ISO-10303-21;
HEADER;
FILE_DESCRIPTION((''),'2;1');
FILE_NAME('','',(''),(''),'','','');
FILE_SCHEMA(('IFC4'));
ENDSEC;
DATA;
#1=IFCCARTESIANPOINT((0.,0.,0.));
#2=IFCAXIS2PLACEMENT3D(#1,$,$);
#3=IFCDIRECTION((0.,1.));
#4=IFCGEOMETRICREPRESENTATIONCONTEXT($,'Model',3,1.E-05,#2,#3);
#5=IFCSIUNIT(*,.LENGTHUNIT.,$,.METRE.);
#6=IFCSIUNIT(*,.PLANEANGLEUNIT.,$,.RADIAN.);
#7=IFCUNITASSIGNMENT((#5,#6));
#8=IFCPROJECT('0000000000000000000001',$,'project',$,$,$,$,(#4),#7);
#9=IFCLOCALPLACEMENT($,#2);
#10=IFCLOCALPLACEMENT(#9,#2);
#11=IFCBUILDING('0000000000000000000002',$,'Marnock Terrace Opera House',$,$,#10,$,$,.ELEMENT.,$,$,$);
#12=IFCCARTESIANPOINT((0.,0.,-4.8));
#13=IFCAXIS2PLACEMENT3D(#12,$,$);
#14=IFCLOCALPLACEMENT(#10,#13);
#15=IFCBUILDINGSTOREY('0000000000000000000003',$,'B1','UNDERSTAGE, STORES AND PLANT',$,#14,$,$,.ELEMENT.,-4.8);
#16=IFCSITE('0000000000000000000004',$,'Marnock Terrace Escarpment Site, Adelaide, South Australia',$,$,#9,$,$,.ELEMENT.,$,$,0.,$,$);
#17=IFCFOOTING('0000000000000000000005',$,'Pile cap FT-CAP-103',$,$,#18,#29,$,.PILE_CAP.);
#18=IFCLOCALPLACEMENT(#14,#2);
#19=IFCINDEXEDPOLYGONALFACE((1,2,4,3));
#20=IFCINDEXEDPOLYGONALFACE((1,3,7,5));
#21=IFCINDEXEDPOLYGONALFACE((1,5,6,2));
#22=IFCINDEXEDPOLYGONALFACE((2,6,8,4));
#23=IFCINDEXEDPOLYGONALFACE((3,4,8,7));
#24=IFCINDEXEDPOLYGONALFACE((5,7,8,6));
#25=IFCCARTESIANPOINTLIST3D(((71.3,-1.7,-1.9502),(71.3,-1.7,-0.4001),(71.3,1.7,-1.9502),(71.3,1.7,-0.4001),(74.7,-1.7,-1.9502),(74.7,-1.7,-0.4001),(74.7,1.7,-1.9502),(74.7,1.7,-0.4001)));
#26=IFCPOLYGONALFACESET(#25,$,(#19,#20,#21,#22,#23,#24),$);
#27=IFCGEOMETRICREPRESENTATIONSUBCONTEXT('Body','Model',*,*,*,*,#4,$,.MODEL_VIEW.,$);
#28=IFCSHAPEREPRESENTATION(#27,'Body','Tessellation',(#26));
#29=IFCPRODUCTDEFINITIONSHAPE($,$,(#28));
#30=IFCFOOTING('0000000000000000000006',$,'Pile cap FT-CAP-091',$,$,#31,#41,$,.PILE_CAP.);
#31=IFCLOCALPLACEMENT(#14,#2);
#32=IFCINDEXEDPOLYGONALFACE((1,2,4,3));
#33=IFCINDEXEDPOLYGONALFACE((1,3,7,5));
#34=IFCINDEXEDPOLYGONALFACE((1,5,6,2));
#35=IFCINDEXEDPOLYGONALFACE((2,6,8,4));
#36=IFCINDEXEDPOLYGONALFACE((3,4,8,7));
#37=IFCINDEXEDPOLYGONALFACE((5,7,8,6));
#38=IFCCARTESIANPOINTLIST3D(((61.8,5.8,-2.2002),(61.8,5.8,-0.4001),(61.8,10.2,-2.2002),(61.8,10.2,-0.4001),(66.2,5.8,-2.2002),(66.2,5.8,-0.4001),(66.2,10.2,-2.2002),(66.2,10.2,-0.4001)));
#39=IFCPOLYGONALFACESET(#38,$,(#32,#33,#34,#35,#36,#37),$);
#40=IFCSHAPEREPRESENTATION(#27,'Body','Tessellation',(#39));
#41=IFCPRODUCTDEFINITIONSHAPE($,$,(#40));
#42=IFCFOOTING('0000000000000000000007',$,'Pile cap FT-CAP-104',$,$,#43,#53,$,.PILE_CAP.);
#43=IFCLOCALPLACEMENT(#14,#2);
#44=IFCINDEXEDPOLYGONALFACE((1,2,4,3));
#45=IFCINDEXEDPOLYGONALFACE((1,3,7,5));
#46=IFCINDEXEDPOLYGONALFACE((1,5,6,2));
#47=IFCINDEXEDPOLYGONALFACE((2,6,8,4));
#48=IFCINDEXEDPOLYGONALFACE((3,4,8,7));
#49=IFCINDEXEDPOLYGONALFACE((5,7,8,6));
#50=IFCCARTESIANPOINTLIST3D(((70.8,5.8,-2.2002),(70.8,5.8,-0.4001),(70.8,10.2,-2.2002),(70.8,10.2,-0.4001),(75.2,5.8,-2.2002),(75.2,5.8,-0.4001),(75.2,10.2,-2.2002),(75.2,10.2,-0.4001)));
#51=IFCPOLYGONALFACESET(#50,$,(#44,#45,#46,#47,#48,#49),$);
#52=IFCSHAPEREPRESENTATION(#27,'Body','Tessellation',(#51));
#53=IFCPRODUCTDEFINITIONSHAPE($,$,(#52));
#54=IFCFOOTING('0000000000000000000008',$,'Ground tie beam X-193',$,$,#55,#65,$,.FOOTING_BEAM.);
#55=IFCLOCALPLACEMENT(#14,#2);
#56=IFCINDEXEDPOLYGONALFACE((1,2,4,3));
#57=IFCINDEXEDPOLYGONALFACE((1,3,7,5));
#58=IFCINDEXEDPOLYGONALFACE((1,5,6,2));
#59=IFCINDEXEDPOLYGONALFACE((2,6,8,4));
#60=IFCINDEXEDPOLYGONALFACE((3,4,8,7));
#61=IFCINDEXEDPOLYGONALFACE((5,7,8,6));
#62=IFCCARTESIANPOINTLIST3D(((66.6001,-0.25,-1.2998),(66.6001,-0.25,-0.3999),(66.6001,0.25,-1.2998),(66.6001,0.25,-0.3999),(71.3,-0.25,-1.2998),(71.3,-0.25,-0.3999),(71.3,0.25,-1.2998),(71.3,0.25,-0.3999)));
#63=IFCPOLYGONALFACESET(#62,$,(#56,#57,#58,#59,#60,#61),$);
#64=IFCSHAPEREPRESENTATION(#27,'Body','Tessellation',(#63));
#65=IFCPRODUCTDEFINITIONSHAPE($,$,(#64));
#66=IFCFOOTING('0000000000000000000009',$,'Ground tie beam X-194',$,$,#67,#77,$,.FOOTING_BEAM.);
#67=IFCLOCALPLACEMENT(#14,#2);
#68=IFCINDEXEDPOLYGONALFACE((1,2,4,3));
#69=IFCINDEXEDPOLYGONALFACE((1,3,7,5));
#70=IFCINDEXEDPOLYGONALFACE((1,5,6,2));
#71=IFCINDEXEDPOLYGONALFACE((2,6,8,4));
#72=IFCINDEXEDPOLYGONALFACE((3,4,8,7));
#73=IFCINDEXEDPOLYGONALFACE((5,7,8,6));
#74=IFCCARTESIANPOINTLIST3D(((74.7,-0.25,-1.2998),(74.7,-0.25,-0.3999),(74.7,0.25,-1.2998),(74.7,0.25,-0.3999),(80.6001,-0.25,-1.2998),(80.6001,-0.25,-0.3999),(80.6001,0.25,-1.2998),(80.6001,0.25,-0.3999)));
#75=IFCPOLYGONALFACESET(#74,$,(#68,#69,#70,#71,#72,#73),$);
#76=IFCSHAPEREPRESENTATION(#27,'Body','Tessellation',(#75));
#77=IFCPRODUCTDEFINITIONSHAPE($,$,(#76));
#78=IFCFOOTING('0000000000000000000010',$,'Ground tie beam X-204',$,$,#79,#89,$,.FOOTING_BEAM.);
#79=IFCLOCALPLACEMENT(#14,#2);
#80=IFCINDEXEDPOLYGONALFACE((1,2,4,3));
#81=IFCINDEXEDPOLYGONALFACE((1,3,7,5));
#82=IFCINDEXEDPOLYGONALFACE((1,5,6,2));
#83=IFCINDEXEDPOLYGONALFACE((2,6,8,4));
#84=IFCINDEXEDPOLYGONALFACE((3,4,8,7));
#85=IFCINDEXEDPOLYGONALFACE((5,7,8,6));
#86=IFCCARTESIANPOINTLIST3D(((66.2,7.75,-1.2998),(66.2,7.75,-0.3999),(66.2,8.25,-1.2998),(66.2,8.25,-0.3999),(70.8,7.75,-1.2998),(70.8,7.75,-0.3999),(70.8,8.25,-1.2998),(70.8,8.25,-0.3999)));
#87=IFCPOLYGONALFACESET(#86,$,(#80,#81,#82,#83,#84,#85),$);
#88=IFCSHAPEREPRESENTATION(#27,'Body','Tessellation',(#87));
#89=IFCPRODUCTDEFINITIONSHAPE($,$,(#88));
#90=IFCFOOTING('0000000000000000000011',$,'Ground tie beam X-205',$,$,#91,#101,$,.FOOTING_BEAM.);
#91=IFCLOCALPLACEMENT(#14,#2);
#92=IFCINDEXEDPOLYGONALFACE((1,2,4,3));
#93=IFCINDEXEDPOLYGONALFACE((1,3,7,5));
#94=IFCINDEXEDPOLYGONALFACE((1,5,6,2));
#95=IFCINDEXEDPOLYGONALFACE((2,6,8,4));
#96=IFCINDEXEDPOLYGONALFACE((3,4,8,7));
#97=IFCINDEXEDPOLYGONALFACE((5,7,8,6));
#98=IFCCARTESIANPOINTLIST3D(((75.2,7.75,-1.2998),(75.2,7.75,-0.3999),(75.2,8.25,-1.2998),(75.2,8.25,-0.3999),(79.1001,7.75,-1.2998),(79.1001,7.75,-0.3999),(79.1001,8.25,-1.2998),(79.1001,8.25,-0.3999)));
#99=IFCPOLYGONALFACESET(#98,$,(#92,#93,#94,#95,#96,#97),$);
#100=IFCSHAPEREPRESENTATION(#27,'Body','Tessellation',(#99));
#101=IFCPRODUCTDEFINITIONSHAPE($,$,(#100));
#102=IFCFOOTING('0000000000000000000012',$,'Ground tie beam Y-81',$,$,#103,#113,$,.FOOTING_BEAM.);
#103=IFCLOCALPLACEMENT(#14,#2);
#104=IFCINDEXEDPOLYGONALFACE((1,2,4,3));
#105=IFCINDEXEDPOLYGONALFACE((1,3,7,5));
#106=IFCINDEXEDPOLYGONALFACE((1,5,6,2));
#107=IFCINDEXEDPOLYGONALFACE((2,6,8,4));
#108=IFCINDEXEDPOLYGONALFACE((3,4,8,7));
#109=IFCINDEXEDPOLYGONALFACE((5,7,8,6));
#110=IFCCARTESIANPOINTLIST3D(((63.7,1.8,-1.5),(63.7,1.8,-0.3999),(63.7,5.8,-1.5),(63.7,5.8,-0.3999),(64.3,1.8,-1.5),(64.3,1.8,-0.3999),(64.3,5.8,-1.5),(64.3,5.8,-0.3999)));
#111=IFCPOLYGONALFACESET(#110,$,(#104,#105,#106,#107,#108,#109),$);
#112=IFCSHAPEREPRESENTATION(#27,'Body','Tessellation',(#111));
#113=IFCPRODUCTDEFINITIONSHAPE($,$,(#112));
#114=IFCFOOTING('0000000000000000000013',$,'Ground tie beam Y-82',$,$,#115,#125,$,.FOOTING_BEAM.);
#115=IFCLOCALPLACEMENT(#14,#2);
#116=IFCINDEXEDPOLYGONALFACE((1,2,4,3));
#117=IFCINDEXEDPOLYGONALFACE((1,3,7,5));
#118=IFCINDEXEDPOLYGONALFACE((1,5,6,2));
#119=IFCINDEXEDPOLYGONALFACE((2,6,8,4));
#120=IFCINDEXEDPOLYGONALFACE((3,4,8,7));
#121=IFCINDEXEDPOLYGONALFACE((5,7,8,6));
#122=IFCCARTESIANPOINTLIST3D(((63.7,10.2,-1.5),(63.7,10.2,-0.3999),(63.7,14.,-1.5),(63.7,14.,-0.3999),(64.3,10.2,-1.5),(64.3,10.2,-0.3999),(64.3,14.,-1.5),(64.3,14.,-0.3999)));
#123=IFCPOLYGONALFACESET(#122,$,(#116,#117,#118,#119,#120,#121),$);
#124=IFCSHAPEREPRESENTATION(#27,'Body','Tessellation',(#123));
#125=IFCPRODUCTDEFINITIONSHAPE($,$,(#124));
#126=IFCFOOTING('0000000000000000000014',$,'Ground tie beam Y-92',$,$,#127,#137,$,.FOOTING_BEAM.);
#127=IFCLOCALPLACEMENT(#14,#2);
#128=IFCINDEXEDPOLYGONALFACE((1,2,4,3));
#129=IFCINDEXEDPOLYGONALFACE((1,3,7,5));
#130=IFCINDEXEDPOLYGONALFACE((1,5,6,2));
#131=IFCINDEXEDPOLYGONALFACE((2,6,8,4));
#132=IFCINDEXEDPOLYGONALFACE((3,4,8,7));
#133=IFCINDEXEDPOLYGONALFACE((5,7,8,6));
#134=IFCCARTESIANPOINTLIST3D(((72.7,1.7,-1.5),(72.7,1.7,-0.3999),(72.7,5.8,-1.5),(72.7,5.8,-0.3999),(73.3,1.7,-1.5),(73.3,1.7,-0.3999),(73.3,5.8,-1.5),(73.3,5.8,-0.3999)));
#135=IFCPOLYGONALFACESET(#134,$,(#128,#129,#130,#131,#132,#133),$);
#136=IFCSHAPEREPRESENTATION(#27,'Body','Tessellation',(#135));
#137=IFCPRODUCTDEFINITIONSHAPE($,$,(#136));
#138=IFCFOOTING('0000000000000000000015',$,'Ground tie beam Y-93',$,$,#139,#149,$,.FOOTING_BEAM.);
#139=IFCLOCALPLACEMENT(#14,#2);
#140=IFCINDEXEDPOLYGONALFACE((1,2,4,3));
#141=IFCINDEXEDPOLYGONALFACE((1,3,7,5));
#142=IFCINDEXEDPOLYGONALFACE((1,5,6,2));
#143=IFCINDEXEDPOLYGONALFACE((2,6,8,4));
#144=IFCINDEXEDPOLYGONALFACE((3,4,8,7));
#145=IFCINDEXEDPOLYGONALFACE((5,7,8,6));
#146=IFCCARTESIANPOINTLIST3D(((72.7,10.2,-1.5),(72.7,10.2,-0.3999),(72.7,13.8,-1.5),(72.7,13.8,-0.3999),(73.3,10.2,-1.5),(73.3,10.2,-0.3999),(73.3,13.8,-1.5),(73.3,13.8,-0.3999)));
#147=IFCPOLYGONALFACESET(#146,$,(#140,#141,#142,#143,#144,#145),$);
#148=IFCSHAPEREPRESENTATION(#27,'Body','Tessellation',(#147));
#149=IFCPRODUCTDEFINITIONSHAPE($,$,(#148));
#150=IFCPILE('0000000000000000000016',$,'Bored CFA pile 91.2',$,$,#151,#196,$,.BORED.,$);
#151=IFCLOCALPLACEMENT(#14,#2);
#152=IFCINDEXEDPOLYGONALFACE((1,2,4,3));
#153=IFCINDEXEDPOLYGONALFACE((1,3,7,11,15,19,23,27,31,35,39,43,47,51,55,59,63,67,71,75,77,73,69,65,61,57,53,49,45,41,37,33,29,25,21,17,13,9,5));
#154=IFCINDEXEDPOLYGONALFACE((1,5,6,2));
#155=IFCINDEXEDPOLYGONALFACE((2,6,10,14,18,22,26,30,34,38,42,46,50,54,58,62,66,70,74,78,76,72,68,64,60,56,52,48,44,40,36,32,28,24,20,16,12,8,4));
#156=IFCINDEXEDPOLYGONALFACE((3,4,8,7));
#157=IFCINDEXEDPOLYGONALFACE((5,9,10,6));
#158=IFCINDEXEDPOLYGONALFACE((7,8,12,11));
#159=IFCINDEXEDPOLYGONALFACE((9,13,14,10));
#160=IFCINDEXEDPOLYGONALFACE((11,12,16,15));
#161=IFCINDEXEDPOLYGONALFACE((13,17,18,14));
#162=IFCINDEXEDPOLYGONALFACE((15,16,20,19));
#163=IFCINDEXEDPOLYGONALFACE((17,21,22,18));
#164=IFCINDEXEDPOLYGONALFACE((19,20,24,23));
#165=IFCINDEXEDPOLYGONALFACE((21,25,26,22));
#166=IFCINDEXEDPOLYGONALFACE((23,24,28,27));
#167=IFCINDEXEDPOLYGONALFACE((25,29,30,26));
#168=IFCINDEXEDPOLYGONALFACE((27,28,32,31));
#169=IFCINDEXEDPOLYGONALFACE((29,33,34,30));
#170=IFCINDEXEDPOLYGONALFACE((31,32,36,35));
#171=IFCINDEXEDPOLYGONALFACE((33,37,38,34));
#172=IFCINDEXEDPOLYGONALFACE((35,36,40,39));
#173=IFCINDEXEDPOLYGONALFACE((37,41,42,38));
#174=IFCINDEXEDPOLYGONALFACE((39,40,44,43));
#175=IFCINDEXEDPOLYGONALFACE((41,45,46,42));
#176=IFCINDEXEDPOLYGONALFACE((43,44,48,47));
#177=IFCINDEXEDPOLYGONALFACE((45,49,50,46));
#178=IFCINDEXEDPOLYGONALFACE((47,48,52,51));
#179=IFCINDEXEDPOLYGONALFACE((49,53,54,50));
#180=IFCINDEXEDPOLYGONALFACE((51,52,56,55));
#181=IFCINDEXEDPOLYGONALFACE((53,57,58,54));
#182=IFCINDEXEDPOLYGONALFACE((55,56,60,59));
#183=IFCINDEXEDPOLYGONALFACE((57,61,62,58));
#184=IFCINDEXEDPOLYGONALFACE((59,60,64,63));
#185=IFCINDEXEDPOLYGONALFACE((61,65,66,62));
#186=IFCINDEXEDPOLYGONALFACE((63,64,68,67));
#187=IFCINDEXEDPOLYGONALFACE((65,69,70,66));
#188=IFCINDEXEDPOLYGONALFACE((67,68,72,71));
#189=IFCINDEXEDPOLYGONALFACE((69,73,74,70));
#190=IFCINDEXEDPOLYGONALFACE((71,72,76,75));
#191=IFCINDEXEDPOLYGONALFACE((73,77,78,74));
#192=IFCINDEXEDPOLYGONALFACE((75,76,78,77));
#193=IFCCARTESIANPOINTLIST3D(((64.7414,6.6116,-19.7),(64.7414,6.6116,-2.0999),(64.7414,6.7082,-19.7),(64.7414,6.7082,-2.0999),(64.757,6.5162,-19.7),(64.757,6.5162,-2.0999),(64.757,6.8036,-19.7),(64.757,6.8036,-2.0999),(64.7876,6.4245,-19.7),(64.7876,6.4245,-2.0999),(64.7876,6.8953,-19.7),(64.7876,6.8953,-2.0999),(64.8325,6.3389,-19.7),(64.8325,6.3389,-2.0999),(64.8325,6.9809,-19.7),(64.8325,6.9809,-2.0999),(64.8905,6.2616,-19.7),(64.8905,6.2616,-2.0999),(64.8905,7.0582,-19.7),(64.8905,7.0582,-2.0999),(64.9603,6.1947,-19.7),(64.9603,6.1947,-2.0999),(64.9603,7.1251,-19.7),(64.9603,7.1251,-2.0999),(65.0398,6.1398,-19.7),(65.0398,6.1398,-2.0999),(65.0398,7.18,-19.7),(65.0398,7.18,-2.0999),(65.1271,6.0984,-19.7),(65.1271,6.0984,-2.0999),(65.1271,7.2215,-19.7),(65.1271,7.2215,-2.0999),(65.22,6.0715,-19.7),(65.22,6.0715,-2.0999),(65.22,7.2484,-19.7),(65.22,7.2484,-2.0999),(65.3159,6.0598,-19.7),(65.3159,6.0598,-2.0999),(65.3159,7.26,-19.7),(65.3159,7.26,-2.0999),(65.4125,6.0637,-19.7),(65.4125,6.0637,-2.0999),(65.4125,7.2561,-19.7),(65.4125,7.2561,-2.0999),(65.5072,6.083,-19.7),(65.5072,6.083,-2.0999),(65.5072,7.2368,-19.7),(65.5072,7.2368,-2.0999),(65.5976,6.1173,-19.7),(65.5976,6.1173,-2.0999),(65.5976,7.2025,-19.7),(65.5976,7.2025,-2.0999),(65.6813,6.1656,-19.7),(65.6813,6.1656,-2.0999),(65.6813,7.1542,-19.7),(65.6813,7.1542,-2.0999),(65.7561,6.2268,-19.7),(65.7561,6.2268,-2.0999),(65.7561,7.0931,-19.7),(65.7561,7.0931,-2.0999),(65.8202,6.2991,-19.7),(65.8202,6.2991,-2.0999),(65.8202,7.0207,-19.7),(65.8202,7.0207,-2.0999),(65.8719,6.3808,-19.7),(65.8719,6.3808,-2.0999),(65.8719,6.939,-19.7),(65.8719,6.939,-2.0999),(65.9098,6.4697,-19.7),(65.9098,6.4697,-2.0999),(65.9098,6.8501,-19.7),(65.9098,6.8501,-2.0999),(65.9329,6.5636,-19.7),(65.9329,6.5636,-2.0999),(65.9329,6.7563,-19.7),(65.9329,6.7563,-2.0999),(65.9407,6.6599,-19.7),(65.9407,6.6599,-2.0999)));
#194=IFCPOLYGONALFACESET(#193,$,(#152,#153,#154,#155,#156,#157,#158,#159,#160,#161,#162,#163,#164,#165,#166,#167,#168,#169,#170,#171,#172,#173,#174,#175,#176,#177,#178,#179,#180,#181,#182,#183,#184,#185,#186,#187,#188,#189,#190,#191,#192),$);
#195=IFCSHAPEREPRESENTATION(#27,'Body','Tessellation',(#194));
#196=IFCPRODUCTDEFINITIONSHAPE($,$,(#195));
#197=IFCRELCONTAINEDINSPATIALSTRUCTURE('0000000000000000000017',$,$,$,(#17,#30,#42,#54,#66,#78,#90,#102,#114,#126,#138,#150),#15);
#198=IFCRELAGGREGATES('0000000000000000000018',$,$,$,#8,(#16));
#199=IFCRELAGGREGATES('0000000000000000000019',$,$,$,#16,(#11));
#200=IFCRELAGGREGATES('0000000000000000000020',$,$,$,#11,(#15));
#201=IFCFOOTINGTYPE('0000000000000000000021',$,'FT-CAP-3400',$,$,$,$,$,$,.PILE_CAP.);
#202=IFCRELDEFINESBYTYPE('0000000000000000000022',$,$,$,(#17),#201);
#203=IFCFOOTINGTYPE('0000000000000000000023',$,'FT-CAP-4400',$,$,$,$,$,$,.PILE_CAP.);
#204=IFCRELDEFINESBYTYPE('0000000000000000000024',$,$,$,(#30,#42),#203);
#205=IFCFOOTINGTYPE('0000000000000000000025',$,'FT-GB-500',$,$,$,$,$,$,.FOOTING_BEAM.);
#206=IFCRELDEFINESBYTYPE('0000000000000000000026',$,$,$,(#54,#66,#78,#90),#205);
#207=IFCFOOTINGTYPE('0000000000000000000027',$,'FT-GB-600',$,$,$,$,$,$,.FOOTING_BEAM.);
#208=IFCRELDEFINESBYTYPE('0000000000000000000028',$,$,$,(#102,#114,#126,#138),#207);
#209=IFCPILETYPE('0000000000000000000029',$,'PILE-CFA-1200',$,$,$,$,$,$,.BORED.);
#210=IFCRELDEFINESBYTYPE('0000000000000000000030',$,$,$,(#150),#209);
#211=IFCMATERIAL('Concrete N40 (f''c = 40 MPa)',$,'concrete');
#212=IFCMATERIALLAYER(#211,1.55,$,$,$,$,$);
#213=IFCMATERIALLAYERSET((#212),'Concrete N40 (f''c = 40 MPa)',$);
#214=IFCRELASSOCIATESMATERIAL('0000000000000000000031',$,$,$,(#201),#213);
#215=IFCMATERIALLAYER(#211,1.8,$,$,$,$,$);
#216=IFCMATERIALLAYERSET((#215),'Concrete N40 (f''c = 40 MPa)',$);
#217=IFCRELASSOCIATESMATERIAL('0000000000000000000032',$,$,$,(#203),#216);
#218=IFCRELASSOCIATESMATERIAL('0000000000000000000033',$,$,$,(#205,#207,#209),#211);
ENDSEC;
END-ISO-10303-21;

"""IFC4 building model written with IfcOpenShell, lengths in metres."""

from ifc_helpers import new_model, si_unit, direction, frame, origin, origin_2d, place, context, subcontext, project, spatial, rectangle, circle, extrude, material, layer, layer_set, material_profile, profile_set, type_object, element, save


model = new_model("IFC4")

# Units and contexts
model_context = context("Model", 3, precision=1e-05, world=origin(), true_north=direction((0.0, 1.0)))
body_context = subcontext(model_context, "Body", "Model", "MODEL_VIEW")
ifc_project = project(units=[si_unit("LENGTHUNIT", "METRE"), si_unit("PLANEANGLEUNIT", "RADIAN")], contexts=[model_context])

# Site, building, storey
site_placement = place(None, origin())
site = spatial("IfcSite", under=ifc_project, at=site_placement, Name="Marnock Terrace Escarpment Site, Adelaide, South Australia", CompositionType="ELEMENT", RefElevation=0.0)
building_placement = place(site_placement, origin())
building = spatial("IfcBuilding", under=site, at=building_placement, Name="Marnock Terrace Opera House", CompositionType="ELEMENT")
storey_placement = place(building_placement, frame((0.0, 0.0, -4.8)))
storey = spatial("IfcBuildingStorey", under=building, at=storey_placement, Name="B1", Description="UNDERSTAGE, STORES AND PLANT", CompositionType="ELEMENT", Elevation=-4.8)

# Footings
ifc_material_1 = material(Name="Concrete N40 (f'c = 40 MPa)", Category="concrete")
ifc_layer_1 = layer(ifc_material_1, 1.55)
ifc_layer_set_1 = layer_set([ifc_layer_1], Name="Concrete N40 (f'c = 40 MPa)")
footing_type_1 = type_object("IfcFootingType", Name="FT-CAP-3400", PredefinedType="PILE_CAP", material=ifc_layer_set_1)
footing_1_placement = place(storey_placement, frame((73.0, 0.0, -1.9502), z_axis=(0.0, 0.0, 1.0), x_axis=(1.0, 0.0, 0.0)))
element("IfcFooting", 1, at=footing_1_placement, inside=storey, type_object=footing_type_1, Name="Pile cap FT-CAP-103", PredefinedType="PILE_CAP", context=body_context, shape_type="SweptSolid", body=[
    extrude(rectangle(XDim=3.3999, YDim=3.3999, at=origin_2d()), origin(), (0.0, 0.0, 1.0), 1.55),
])
ifc_layer_2 = layer(ifc_material_1, 1.8)
ifc_layer_set_2 = layer_set([ifc_layer_2], Name="Concrete N40 (f'c = 40 MPa)")
footing_type_2 = type_object("IfcFootingType", Name="FT-CAP-4400", PredefinedType="PILE_CAP", material=ifc_layer_set_2)
for number, where, z_axis, x_axis, name in (
    (2, (64.0, 8.0, -2.2002), (0.0, 0.0, 1.0), (1.0, 0.0, 0.0), "Pile cap FT-CAP-091"),
    (3, (73.0, 8.0, -2.2002), (0.0, 0.0, 1.0), (1.0, 0.0, 0.0), "Pile cap FT-CAP-104"),
):
    element("IfcFooting", number, at=place(storey_placement, frame(where, z_axis=z_axis, x_axis=x_axis)), inside=storey, type_object=footing_type_2, Name=name, PredefinedType="PILE_CAP", context=body_context, shape_type="SweptSolid", body=[
        extrude(rectangle(XDim=4.3999, YDim=4.3999, at=origin_2d()), origin(), (0.0, 0.0, 1.0), 1.8),
    ])
ifc_material_profile_1 = material_profile(ifc_material_1, rectangle(XDim=0.5, YDim=0.8999, at=origin_2d()))
ifc_profile_set_1 = profile_set([ifc_material_profile_1], Name="Concrete N40 (f'c = 40 MPa)")
footing_type_3 = type_object("IfcFootingType", Name="FT-GB-500", PredefinedType="FOOTING_BEAM", material=ifc_profile_set_1)
footing_2_placement = place(storey_placement, frame((66.6001, 0.0, -0.8499), z_axis=(1.0, 0.0, 0.0), x_axis=(0.0, 1.0, 0.0)))
element("IfcFooting", 4, at=footing_2_placement, inside=storey, type_object=footing_type_3, Name="Ground tie beam X-193", PredefinedType="FOOTING_BEAM", context=body_context, shape_type="SweptSolid", body=[
    extrude(rectangle(XDim=0.5, YDim=0.8999, at=origin_2d()), origin(), (0.0, 0.0, 1.0), 4.7),
])
footing_3_placement = place(storey_placement, frame((74.7, 0.0, -0.8499), z_axis=(1.0, 0.0, 0.0), x_axis=(0.0, 1.0, 0.0)))
element("IfcFooting", 5, at=footing_3_placement, inside=storey, type_object=footing_type_3, Name="Ground tie beam X-194", PredefinedType="FOOTING_BEAM", context=body_context, shape_type="SweptSolid", body=[
    extrude(rectangle(XDim=0.5, YDim=0.8999, at=origin_2d()), origin(), (0.0, 0.0, 1.0), 5.9001),
])
footing_4_placement = place(storey_placement, frame((66.2, 8.0, -0.8499), z_axis=(1.0, 0.0, 0.0), x_axis=(0.0, 1.0, 0.0)))
element("IfcFooting", 6, at=footing_4_placement, inside=storey, type_object=footing_type_3, Name="Ground tie beam X-204", PredefinedType="FOOTING_BEAM", context=body_context, shape_type="SweptSolid", body=[
    extrude(rectangle(XDim=0.5, YDim=0.8999, at=origin_2d()), origin(), (0.0, 0.0, 1.0), 4.6001),
])
footing_5_placement = place(storey_placement, frame((75.2, 8.0, -0.8499), z_axis=(1.0, 0.0, 0.0), x_axis=(0.0, 1.0, 0.0)))
element("IfcFooting", 7, at=footing_5_placement, inside=storey, type_object=footing_type_3, Name="Ground tie beam X-205", PredefinedType="FOOTING_BEAM", context=body_context, shape_type="SweptSolid", body=[
    extrude(rectangle(XDim=0.5, YDim=0.8999, at=origin_2d()), origin(), (0.0, 0.0, 1.0), 3.9001),
])
ifc_material_profile_2 = material_profile(ifc_material_1, rectangle(XDim=0.6001, YDim=1.1001, at=origin_2d()))
ifc_profile_set_2 = profile_set([ifc_material_profile_2], Name="Concrete N40 (f'c = 40 MPa)")
footing_type_4 = type_object("IfcFootingType", Name="FT-GB-600", PredefinedType="FOOTING_BEAM", material=ifc_profile_set_2)
footing_6_placement = place(storey_placement, frame((64.0, 1.8, -0.95), z_axis=(0.0, 1.0, 0.0), x_axis=(-1.0, 0.0, 0.0)))
element("IfcFooting", 8, at=footing_6_placement, inside=storey, type_object=footing_type_4, Name="Ground tie beam Y-81", PredefinedType="FOOTING_BEAM", context=body_context, shape_type="SweptSolid", body=[
    extrude(rectangle(XDim=0.6001, YDim=1.1001, at=origin_2d()), origin(), (0.0, 0.0, 1.0), 4.0),
])
footing_7_placement = place(storey_placement, frame((64.0, 10.2, -0.95), z_axis=(0.0, 1.0, 0.0), x_axis=(-1.0, 0.0, 0.0)))
element("IfcFooting", 9, at=footing_7_placement, inside=storey, type_object=footing_type_4, Name="Ground tie beam Y-82", PredefinedType="FOOTING_BEAM", context=body_context, shape_type="SweptSolid", body=[
    extrude(rectangle(XDim=0.6001, YDim=1.1001, at=origin_2d()), origin(), (0.0, 0.0, 1.0), 3.8),
])
footing_8_placement = place(storey_placement, frame((73.0, 1.7, -0.95), z_axis=(0.0, 1.0, 0.0), x_axis=(-1.0, 0.0, 0.0)))
element("IfcFooting", 10, at=footing_8_placement, inside=storey, type_object=footing_type_4, Name="Ground tie beam Y-92", PredefinedType="FOOTING_BEAM", context=body_context, shape_type="SweptSolid", body=[
    extrude(rectangle(XDim=0.6001, YDim=1.1001, at=origin_2d()), origin(), (0.0, 0.0, 1.0), 4.1001),
])
footing_9_placement = place(storey_placement, frame((73.0, 10.2, -0.95), z_axis=(0.0, 1.0, 0.0), x_axis=(-1.0, 0.0, 0.0)))
element("IfcFooting", 11, at=footing_9_placement, inside=storey, type_object=footing_type_4, Name="Ground tie beam Y-93", PredefinedType="FOOTING_BEAM", context=body_context, shape_type="SweptSolid", body=[
    extrude(rectangle(XDim=0.6001, YDim=1.1001, at=origin_2d()), origin(), (0.0, 0.0, 1.0), 3.6001),
])

# Pile
ifc_material_profile_3 = material_profile(ifc_material_1, circle(Radius=0.6006, at=origin_2d()))
ifc_profile_set_3 = profile_set([ifc_material_profile_3], Name="Concrete N40 (f'c = 40 MPa)")
pile_type_1 = type_object("IfcPileType", Name="PILE-CFA-1200", PredefinedType="BORED", material=ifc_profile_set_3)
for number, where, z_axis, x_axis, name in (
    (12, (65.3401, 6.6599, -2.0999), (0.0, 0.0, -1.0), (1.0, 0.0, 0.0), "Bored CFA pile 91.2"),
):
    element("IfcPile", number, at=place(storey_placement, frame(where, z_axis=z_axis, x_axis=x_axis)), inside=storey, type_object=pile_type_1, Name=name, PredefinedType="BORED", context=body_context, shape_type="SweptSolid", body=[
        extrude(circle(Radius=0.6006, at=origin_2d()), origin(), (0.0, 0.0, 1.0), 17.6001),
    ])

save(model, "model.ifc")
